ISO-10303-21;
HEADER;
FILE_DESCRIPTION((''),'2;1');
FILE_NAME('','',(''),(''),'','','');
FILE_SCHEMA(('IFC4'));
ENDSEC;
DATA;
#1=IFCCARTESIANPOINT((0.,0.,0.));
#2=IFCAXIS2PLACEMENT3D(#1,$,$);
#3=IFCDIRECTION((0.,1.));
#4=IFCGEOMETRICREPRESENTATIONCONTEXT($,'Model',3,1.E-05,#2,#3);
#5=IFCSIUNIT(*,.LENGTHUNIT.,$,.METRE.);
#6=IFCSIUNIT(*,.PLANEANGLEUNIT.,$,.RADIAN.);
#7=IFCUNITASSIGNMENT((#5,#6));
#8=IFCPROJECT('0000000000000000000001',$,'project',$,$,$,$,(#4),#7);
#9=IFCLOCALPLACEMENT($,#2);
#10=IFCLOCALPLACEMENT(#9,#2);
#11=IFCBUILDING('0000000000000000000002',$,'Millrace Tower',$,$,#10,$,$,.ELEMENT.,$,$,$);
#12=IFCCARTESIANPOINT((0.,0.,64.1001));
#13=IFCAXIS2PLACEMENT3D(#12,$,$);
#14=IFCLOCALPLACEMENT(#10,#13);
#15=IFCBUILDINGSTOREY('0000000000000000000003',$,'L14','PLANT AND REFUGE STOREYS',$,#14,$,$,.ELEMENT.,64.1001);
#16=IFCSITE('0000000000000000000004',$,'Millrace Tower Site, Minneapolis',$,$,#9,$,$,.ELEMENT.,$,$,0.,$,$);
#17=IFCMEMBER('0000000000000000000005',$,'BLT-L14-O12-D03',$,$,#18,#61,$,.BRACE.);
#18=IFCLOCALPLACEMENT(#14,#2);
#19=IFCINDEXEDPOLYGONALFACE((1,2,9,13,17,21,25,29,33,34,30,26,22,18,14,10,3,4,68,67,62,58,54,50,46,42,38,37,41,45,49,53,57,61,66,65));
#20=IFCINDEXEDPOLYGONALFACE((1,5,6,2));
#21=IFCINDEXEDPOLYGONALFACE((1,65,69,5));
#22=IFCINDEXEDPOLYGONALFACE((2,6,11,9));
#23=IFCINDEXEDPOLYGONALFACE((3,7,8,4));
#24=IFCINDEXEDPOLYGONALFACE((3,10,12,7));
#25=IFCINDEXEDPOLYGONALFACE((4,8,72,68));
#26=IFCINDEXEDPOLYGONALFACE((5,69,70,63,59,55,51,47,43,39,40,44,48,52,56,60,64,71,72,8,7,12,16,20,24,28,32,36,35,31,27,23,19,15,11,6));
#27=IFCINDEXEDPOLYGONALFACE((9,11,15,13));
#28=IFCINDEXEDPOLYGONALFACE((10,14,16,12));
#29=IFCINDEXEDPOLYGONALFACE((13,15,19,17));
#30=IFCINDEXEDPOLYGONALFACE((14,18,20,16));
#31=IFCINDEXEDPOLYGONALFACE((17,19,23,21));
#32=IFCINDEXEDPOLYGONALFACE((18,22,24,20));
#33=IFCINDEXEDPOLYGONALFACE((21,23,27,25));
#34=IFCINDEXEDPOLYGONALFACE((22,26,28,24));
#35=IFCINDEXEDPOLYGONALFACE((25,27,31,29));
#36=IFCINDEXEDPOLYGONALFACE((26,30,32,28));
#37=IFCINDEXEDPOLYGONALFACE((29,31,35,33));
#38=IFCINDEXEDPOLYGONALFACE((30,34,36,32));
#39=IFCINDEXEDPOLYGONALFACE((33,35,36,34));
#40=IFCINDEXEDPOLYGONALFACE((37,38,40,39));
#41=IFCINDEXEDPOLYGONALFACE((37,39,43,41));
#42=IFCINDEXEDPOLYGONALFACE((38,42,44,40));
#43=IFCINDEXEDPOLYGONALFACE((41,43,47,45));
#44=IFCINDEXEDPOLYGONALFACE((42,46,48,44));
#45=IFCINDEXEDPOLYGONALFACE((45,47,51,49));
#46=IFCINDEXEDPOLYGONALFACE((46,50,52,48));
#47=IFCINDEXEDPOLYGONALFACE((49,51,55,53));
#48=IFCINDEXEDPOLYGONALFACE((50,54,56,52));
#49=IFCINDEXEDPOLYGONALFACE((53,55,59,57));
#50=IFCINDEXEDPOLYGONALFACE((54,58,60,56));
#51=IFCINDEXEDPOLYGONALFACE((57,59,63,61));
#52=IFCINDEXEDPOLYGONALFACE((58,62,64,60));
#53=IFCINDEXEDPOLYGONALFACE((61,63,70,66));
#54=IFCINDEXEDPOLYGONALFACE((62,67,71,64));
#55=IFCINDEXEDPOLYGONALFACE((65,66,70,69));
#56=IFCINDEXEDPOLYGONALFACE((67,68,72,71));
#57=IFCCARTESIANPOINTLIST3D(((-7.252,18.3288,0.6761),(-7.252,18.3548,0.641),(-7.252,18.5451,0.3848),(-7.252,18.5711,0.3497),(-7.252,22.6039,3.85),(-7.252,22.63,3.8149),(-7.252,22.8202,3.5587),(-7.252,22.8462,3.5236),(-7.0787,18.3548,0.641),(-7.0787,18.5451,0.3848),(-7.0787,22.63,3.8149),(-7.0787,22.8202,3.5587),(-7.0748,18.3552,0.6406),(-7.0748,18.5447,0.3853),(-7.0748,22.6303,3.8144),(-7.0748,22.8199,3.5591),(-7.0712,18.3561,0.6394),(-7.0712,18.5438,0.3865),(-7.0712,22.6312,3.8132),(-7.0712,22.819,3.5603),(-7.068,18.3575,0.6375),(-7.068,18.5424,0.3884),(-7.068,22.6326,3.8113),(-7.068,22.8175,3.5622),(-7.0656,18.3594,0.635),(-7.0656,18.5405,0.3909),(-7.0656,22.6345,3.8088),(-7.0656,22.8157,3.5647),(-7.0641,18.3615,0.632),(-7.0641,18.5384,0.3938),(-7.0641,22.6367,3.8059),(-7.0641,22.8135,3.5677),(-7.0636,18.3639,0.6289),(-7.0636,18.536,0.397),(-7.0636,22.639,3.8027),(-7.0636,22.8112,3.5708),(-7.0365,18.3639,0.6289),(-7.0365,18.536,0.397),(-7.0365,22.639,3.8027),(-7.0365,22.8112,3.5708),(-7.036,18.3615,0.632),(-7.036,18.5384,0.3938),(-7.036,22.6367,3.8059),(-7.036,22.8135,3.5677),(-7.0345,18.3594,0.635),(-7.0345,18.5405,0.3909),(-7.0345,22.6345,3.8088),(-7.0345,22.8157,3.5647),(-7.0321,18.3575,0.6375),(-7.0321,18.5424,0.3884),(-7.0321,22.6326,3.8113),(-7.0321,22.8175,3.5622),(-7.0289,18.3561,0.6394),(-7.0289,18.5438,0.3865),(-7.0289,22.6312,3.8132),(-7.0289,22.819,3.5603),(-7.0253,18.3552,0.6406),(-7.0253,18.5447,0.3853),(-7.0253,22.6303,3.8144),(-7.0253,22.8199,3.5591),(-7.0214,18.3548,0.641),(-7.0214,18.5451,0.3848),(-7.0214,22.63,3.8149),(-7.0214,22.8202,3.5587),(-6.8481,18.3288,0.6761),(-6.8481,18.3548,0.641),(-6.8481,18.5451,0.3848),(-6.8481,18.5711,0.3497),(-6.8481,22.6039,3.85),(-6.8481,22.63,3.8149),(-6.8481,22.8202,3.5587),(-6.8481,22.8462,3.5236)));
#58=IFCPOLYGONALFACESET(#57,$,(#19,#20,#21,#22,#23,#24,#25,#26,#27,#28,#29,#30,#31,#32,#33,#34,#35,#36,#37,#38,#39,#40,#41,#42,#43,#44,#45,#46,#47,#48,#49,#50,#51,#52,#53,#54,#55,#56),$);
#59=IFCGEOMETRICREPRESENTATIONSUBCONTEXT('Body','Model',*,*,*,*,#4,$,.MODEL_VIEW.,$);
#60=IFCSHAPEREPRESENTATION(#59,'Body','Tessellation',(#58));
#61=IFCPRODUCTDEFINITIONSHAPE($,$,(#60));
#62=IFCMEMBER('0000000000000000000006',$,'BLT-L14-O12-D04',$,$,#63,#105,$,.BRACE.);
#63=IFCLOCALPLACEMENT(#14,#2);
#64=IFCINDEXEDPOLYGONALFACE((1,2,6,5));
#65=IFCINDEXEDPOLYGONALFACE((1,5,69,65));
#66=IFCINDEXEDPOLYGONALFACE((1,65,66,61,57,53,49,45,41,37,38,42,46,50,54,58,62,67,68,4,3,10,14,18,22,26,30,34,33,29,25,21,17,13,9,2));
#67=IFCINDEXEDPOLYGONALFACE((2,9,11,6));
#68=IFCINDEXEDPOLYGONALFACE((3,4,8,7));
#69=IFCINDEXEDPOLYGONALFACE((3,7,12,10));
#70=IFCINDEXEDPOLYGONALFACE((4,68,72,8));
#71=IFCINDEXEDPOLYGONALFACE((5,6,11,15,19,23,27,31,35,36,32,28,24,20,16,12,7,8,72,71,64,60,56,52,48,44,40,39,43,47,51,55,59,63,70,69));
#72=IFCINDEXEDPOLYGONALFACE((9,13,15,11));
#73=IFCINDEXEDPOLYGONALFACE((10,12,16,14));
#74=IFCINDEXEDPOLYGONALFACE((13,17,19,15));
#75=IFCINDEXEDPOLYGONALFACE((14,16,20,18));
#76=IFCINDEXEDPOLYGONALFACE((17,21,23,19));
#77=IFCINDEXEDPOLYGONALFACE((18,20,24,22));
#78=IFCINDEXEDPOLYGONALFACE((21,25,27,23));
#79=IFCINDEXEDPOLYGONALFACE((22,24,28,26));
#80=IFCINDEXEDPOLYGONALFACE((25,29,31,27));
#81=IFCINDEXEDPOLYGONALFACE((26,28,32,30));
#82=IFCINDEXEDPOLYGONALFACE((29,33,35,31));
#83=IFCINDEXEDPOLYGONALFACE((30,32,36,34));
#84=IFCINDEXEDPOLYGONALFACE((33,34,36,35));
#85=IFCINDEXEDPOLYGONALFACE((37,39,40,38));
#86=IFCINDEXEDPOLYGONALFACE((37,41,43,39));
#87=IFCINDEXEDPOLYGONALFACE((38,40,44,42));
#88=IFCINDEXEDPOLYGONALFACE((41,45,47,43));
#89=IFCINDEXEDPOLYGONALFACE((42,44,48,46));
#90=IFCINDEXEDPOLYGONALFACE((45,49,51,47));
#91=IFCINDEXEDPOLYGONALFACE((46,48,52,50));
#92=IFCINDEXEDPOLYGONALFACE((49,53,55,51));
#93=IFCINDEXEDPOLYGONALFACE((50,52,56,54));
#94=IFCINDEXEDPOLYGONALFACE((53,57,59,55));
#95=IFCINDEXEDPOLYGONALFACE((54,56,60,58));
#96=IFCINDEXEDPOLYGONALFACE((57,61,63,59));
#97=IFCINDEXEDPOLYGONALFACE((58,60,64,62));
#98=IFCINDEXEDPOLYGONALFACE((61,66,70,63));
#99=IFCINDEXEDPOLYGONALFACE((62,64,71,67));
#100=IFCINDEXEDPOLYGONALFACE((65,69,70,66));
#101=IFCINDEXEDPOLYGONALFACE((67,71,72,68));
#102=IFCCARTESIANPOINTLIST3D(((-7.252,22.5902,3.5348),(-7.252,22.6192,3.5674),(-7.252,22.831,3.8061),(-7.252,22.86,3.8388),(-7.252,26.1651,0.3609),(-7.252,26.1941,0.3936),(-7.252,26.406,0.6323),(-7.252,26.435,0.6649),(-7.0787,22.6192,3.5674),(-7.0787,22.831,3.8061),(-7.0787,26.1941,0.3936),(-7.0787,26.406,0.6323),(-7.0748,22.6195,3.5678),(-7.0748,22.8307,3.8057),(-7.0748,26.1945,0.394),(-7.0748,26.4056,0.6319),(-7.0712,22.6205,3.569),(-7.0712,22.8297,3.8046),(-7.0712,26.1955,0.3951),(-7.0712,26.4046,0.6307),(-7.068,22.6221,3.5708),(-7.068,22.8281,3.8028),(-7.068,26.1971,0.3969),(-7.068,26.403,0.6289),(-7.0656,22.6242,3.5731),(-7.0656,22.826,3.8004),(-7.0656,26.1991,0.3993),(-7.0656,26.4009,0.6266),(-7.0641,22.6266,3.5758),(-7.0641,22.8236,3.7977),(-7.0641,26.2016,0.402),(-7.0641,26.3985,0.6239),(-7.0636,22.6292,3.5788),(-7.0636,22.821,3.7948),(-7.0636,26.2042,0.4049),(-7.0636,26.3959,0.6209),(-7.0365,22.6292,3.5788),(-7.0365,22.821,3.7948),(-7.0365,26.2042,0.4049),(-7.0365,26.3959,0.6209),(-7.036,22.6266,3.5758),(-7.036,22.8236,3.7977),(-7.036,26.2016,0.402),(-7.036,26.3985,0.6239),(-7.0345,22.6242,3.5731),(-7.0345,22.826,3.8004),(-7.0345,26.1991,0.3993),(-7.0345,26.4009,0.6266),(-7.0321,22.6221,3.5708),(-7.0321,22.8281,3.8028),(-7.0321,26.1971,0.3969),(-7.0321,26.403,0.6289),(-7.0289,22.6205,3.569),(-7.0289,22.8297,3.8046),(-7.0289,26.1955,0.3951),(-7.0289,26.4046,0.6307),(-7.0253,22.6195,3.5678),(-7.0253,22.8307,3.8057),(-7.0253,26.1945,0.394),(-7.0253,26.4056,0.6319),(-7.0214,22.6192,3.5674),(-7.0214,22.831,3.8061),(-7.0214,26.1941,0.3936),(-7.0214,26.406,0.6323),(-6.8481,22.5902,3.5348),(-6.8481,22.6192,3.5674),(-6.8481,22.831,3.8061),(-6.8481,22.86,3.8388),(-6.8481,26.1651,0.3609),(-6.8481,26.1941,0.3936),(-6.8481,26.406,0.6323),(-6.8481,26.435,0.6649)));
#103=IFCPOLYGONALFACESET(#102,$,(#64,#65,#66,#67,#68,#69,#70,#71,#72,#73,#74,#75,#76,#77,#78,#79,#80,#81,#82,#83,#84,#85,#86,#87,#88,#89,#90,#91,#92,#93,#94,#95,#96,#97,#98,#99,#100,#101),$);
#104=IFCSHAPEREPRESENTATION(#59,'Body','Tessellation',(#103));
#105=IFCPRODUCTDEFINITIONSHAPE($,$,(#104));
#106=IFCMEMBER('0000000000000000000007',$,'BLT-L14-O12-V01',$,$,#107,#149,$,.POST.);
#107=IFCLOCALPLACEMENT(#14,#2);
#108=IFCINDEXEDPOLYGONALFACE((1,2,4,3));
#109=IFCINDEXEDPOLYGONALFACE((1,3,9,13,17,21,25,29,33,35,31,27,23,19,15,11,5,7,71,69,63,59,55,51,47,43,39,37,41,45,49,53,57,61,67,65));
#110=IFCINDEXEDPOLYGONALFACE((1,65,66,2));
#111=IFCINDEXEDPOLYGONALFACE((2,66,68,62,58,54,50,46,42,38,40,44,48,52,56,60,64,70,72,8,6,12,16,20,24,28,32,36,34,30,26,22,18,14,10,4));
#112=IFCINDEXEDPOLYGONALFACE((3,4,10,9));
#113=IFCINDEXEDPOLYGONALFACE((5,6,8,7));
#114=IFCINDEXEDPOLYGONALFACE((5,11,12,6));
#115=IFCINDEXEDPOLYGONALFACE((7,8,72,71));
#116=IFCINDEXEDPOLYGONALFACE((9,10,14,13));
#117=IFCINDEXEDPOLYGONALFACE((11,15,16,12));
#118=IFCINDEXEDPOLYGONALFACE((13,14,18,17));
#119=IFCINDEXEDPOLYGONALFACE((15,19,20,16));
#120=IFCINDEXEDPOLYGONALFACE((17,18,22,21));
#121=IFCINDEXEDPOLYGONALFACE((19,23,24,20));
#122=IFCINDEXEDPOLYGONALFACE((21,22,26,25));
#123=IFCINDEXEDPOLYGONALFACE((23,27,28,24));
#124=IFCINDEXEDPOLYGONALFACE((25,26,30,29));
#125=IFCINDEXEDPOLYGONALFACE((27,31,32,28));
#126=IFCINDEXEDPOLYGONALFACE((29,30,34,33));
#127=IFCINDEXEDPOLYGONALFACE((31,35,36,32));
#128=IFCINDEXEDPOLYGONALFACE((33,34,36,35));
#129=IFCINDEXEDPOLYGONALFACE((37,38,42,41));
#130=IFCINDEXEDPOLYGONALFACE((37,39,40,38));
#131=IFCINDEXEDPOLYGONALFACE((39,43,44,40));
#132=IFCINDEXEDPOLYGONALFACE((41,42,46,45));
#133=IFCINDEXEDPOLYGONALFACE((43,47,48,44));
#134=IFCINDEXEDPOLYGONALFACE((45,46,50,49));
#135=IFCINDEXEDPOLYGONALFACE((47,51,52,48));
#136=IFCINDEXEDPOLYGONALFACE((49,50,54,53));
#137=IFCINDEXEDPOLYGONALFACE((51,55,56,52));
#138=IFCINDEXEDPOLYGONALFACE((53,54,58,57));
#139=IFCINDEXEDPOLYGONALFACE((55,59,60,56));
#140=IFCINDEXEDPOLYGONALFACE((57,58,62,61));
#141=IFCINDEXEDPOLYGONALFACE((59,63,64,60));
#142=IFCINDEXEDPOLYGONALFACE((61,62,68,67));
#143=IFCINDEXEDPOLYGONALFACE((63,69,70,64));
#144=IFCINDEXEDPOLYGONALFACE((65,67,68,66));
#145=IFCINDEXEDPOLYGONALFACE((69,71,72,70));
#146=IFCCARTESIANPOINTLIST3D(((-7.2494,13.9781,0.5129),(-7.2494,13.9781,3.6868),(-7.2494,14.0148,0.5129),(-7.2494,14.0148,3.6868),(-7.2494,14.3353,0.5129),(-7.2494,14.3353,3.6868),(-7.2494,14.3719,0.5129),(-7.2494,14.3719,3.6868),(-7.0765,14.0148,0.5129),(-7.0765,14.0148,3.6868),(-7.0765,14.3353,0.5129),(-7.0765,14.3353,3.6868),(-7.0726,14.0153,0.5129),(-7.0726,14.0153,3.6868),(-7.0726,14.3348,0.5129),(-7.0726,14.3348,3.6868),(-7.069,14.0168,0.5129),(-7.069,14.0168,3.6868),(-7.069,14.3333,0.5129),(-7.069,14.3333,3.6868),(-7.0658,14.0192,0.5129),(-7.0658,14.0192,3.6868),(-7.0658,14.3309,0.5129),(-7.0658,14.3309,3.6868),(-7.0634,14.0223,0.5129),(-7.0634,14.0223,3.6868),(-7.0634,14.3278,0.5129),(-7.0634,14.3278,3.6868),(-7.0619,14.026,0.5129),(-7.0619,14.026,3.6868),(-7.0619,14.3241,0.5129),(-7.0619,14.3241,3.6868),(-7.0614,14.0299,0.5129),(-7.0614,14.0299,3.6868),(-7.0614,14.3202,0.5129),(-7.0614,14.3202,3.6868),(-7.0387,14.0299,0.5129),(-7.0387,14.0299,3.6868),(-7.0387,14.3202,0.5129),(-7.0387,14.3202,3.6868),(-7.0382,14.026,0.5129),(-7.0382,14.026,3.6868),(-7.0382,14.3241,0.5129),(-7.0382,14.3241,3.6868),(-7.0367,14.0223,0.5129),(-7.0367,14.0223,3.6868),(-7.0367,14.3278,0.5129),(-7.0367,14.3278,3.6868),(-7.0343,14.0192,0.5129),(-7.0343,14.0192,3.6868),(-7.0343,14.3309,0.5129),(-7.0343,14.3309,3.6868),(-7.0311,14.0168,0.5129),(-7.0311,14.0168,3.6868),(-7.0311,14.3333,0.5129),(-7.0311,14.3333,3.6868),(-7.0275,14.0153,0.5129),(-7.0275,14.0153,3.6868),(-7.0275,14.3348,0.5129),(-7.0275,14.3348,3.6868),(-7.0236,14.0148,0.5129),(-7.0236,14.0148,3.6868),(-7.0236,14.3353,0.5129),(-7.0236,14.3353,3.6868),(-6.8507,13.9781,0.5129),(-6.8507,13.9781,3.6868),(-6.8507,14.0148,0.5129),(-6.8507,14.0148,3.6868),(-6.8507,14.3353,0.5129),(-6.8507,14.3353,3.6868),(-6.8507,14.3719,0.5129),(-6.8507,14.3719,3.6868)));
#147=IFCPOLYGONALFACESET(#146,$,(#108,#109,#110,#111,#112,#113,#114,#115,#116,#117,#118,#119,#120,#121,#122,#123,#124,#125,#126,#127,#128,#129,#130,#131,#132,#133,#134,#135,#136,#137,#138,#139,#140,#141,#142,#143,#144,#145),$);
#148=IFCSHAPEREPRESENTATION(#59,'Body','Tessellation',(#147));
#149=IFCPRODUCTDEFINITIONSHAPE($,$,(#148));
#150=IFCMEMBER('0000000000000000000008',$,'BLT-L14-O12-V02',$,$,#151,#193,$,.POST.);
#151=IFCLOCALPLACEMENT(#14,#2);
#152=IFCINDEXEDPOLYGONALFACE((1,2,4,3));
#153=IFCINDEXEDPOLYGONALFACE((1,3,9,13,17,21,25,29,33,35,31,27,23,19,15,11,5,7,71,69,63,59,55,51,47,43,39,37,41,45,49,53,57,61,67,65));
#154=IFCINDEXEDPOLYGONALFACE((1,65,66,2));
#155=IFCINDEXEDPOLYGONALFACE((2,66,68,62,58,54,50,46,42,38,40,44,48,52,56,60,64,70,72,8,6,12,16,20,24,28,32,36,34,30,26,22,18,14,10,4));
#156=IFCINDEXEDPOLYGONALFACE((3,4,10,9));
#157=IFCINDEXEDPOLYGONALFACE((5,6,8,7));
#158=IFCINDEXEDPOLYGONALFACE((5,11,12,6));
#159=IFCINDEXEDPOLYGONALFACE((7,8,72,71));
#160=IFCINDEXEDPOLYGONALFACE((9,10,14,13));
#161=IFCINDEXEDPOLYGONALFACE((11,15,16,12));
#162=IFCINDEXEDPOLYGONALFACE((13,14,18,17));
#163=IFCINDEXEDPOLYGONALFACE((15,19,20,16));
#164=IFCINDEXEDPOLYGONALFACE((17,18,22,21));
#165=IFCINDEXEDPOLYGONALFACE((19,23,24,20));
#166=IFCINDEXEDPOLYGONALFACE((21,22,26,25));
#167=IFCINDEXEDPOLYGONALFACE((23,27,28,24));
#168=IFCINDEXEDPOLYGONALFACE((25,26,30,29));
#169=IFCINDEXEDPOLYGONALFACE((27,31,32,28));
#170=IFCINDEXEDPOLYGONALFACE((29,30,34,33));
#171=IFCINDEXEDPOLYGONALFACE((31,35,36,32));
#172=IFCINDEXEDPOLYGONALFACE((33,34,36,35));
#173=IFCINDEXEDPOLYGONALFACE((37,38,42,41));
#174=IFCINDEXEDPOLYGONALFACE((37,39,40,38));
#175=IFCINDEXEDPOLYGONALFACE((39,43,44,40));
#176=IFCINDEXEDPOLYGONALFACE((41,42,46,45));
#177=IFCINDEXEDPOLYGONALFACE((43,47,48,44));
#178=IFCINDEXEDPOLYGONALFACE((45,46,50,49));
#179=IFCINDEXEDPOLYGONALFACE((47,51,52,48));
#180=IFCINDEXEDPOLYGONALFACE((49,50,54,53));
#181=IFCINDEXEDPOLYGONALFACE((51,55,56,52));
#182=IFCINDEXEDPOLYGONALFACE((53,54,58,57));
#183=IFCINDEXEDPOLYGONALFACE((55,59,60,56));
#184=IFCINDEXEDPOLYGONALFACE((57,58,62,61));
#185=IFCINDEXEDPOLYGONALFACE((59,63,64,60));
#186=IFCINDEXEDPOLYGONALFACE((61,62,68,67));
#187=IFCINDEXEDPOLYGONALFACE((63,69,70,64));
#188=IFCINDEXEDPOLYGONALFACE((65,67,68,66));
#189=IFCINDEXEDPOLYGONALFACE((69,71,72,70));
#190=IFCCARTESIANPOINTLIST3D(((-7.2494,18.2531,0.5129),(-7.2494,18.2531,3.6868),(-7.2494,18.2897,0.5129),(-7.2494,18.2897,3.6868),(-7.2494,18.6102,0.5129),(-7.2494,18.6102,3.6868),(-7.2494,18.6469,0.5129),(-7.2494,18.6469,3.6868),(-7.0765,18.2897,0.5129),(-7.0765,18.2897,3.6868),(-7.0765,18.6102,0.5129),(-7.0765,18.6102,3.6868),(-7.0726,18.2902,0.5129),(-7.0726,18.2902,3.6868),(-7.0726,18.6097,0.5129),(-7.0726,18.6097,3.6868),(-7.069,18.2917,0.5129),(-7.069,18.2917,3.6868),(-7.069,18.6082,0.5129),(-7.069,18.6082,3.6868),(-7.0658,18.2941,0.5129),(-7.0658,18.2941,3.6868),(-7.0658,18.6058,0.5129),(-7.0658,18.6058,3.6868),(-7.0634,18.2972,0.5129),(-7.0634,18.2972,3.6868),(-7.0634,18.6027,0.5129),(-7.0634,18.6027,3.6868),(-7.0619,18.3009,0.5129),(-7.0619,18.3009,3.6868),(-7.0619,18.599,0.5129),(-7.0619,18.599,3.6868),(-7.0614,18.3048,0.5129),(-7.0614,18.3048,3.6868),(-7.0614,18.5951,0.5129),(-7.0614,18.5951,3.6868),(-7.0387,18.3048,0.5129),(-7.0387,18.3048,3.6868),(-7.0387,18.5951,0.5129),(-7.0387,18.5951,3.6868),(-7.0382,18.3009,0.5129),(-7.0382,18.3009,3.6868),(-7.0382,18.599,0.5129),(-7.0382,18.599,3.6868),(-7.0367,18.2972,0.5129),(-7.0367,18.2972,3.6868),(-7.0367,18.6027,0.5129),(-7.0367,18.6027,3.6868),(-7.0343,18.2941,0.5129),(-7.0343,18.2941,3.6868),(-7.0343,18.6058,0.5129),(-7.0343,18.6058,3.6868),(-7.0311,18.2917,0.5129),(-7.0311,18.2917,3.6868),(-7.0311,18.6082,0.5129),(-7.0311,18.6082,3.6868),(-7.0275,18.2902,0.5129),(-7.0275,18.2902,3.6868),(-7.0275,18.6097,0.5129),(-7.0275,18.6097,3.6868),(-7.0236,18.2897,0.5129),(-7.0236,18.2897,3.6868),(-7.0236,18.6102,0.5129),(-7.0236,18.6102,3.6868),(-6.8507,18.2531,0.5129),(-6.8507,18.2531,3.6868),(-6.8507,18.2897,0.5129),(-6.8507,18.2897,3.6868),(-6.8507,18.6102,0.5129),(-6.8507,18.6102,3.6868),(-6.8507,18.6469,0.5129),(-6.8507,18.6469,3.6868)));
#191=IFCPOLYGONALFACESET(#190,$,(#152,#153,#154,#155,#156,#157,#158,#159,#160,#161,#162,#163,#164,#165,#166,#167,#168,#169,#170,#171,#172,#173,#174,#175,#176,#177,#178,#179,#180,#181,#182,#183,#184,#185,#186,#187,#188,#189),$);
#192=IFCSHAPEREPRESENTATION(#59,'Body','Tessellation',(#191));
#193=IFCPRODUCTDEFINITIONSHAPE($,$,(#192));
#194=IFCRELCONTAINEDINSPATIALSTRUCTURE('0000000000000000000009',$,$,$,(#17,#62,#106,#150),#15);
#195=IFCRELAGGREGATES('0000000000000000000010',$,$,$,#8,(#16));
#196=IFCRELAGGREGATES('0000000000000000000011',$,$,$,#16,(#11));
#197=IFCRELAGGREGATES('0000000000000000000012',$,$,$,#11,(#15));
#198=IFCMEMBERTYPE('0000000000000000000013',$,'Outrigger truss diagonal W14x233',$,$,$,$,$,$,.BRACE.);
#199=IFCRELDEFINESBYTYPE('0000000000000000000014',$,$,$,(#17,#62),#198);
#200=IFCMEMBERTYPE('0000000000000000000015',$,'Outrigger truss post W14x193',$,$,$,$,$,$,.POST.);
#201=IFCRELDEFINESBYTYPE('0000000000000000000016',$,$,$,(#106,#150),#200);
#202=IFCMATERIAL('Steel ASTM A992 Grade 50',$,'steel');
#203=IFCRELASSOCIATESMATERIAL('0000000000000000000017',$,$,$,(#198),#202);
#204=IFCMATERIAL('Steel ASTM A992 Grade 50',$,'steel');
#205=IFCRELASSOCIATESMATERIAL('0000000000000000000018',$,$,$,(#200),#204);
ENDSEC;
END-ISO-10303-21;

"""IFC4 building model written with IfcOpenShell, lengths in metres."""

from ifc_helpers import new_model, si_unit, direction, frame, origin, origin_2d, place, context, subcontext, project, spatial, i_section, extrude, material, material_profile, profile_set, type_object, element, save


model = new_model("IFC4")

# Units and contexts
model_context = context("Model", 3, precision=1e-05, world=origin(), true_north=direction((0.0, 1.0)))
body_context = subcontext(model_context, "Body", "Model", "MODEL_VIEW")
ifc_project = project(units=[si_unit("LENGTHUNIT", "METRE"), si_unit("PLANEANGLEUNIT", "RADIAN")], contexts=[model_context])

# Site, building, storey
site_placement = place(None, origin())
site = spatial("IfcSite", under=ifc_project, at=site_placement, Name="Millrace Tower Site, Minneapolis", CompositionType="ELEMENT", RefElevation=0.0)
building_placement = place(site_placement, origin())
building = spatial("IfcBuilding", under=site, at=building_placement, Name="Millrace Tower", CompositionType="ELEMENT")
storey_placement = place(building_placement, frame((0.0, 0.0, 64.1001)))
storey = spatial("IfcBuildingStorey", under=building, at=storey_placement, Name="L14", Description="PLANT AND REFUGE STOREYS", CompositionType="ELEMENT", Elevation=64.1001)

# Members
ifc_material_1 = material(Name="Steel ASTM A992 Grade 50", Category="steel")
ifc_material_profile_1 = material_profile(ifc_material_1, i_section(OverallWidth=0.4038, OverallDepth=0.4065, WebThickness=0.0271, FlangeThickness=0.0437, FilletRadius=0.0151, at=origin_2d()))
ifc_profile_set_1 = profile_set([ifc_material_profile_1], Name="Steel ASTM A992 Grade 50")
member_type_1 = type_object("IfcMemberType", Name="Outrigger truss diagonal W14x233", PredefinedType="BRACE", material=ifc_profile_set_1)
member_1_placement = place(storey_placement, frame((-7.05, 18.45, 0.5129), z_axis=(0.0, 0.802923, 0.596083), x_axis=(-1.0, 0.0, 0.0)))
element("IfcMember", 1, at=member_1_placement, inside=storey, type_object=member_type_1, Name="BLT-L14-O12-D03", PredefinedType="BRACE", context=body_context, shape_type="SweptSolid", body=[
    extrude(i_section(OverallWidth=0.4038, OverallDepth=0.4065, WebThickness=0.0271, FlangeThickness=0.0437, FilletRadius=0.0151, at=origin_2d()), origin(), (0.0, 0.0, 1.0), 5.3245),
])
member_2_placement = place(storey_placement, frame((-7.05, 26.3, 0.5129), z_axis=(0.0, -0.747815, 0.663907), x_axis=(1.0, 0.0, 0.0)))
element("IfcMember", 2, at=member_2_placement, inside=storey, type_object=member_type_1, Name="BLT-L14-O12-D04", PredefinedType="BRACE", context=body_context, shape_type="SweptSolid", body=[
    extrude(i_section(OverallWidth=0.4038, OverallDepth=0.4065, WebThickness=0.0271, FlangeThickness=0.0437, FilletRadius=0.0151, at=origin_2d()), origin(), (0.0, 0.0, 1.0), 4.7805),
])
ifc_material_2 = material(Name="Steel ASTM A992 Grade 50", Category="steel")
ifc_material_profile_2 = material_profile(ifc_material_2, i_section(OverallWidth=0.3987, OverallDepth=0.3938, WebThickness=0.0227, FlangeThickness=0.0366, FilletRadius=0.0151, at=origin_2d()))
ifc_profile_set_2 = profile_set([ifc_material_profile_2], Name="Steel ASTM A992 Grade 50")
member_type_2 = type_object("IfcMemberType", Name="Outrigger truss post W14x193", PredefinedType="POST", material=ifc_profile_set_2)
for number, where, z_axis, x_axis, name in (
    (3, (-7.05, 14.175, 0.5129), (0.0, 0.0, 1.0), (1.0, 0.0, 0.0), "BLT-L14-O12-V01"),
    (4, (-7.05, 18.45, 0.5129), (0.0, 0.0, 1.0), (1.0, 0.0, 0.0), "BLT-L14-O12-V02"),
):
    element("IfcMember", number, at=place(storey_placement, frame(where, z_axis=z_axis, x_axis=x_axis)), inside=storey, type_object=member_type_2, Name=name, PredefinedType="POST", context=body_context, shape_type="SweptSolid", body=[
        extrude(i_section(OverallWidth=0.3987, OverallDepth=0.3938, WebThickness=0.0227, FlangeThickness=0.0366, FilletRadius=0.0151, at=origin_2d()), origin(), (0.0, 0.0, 1.0), 3.1738),
    ])

save(model, "model.ifc")
